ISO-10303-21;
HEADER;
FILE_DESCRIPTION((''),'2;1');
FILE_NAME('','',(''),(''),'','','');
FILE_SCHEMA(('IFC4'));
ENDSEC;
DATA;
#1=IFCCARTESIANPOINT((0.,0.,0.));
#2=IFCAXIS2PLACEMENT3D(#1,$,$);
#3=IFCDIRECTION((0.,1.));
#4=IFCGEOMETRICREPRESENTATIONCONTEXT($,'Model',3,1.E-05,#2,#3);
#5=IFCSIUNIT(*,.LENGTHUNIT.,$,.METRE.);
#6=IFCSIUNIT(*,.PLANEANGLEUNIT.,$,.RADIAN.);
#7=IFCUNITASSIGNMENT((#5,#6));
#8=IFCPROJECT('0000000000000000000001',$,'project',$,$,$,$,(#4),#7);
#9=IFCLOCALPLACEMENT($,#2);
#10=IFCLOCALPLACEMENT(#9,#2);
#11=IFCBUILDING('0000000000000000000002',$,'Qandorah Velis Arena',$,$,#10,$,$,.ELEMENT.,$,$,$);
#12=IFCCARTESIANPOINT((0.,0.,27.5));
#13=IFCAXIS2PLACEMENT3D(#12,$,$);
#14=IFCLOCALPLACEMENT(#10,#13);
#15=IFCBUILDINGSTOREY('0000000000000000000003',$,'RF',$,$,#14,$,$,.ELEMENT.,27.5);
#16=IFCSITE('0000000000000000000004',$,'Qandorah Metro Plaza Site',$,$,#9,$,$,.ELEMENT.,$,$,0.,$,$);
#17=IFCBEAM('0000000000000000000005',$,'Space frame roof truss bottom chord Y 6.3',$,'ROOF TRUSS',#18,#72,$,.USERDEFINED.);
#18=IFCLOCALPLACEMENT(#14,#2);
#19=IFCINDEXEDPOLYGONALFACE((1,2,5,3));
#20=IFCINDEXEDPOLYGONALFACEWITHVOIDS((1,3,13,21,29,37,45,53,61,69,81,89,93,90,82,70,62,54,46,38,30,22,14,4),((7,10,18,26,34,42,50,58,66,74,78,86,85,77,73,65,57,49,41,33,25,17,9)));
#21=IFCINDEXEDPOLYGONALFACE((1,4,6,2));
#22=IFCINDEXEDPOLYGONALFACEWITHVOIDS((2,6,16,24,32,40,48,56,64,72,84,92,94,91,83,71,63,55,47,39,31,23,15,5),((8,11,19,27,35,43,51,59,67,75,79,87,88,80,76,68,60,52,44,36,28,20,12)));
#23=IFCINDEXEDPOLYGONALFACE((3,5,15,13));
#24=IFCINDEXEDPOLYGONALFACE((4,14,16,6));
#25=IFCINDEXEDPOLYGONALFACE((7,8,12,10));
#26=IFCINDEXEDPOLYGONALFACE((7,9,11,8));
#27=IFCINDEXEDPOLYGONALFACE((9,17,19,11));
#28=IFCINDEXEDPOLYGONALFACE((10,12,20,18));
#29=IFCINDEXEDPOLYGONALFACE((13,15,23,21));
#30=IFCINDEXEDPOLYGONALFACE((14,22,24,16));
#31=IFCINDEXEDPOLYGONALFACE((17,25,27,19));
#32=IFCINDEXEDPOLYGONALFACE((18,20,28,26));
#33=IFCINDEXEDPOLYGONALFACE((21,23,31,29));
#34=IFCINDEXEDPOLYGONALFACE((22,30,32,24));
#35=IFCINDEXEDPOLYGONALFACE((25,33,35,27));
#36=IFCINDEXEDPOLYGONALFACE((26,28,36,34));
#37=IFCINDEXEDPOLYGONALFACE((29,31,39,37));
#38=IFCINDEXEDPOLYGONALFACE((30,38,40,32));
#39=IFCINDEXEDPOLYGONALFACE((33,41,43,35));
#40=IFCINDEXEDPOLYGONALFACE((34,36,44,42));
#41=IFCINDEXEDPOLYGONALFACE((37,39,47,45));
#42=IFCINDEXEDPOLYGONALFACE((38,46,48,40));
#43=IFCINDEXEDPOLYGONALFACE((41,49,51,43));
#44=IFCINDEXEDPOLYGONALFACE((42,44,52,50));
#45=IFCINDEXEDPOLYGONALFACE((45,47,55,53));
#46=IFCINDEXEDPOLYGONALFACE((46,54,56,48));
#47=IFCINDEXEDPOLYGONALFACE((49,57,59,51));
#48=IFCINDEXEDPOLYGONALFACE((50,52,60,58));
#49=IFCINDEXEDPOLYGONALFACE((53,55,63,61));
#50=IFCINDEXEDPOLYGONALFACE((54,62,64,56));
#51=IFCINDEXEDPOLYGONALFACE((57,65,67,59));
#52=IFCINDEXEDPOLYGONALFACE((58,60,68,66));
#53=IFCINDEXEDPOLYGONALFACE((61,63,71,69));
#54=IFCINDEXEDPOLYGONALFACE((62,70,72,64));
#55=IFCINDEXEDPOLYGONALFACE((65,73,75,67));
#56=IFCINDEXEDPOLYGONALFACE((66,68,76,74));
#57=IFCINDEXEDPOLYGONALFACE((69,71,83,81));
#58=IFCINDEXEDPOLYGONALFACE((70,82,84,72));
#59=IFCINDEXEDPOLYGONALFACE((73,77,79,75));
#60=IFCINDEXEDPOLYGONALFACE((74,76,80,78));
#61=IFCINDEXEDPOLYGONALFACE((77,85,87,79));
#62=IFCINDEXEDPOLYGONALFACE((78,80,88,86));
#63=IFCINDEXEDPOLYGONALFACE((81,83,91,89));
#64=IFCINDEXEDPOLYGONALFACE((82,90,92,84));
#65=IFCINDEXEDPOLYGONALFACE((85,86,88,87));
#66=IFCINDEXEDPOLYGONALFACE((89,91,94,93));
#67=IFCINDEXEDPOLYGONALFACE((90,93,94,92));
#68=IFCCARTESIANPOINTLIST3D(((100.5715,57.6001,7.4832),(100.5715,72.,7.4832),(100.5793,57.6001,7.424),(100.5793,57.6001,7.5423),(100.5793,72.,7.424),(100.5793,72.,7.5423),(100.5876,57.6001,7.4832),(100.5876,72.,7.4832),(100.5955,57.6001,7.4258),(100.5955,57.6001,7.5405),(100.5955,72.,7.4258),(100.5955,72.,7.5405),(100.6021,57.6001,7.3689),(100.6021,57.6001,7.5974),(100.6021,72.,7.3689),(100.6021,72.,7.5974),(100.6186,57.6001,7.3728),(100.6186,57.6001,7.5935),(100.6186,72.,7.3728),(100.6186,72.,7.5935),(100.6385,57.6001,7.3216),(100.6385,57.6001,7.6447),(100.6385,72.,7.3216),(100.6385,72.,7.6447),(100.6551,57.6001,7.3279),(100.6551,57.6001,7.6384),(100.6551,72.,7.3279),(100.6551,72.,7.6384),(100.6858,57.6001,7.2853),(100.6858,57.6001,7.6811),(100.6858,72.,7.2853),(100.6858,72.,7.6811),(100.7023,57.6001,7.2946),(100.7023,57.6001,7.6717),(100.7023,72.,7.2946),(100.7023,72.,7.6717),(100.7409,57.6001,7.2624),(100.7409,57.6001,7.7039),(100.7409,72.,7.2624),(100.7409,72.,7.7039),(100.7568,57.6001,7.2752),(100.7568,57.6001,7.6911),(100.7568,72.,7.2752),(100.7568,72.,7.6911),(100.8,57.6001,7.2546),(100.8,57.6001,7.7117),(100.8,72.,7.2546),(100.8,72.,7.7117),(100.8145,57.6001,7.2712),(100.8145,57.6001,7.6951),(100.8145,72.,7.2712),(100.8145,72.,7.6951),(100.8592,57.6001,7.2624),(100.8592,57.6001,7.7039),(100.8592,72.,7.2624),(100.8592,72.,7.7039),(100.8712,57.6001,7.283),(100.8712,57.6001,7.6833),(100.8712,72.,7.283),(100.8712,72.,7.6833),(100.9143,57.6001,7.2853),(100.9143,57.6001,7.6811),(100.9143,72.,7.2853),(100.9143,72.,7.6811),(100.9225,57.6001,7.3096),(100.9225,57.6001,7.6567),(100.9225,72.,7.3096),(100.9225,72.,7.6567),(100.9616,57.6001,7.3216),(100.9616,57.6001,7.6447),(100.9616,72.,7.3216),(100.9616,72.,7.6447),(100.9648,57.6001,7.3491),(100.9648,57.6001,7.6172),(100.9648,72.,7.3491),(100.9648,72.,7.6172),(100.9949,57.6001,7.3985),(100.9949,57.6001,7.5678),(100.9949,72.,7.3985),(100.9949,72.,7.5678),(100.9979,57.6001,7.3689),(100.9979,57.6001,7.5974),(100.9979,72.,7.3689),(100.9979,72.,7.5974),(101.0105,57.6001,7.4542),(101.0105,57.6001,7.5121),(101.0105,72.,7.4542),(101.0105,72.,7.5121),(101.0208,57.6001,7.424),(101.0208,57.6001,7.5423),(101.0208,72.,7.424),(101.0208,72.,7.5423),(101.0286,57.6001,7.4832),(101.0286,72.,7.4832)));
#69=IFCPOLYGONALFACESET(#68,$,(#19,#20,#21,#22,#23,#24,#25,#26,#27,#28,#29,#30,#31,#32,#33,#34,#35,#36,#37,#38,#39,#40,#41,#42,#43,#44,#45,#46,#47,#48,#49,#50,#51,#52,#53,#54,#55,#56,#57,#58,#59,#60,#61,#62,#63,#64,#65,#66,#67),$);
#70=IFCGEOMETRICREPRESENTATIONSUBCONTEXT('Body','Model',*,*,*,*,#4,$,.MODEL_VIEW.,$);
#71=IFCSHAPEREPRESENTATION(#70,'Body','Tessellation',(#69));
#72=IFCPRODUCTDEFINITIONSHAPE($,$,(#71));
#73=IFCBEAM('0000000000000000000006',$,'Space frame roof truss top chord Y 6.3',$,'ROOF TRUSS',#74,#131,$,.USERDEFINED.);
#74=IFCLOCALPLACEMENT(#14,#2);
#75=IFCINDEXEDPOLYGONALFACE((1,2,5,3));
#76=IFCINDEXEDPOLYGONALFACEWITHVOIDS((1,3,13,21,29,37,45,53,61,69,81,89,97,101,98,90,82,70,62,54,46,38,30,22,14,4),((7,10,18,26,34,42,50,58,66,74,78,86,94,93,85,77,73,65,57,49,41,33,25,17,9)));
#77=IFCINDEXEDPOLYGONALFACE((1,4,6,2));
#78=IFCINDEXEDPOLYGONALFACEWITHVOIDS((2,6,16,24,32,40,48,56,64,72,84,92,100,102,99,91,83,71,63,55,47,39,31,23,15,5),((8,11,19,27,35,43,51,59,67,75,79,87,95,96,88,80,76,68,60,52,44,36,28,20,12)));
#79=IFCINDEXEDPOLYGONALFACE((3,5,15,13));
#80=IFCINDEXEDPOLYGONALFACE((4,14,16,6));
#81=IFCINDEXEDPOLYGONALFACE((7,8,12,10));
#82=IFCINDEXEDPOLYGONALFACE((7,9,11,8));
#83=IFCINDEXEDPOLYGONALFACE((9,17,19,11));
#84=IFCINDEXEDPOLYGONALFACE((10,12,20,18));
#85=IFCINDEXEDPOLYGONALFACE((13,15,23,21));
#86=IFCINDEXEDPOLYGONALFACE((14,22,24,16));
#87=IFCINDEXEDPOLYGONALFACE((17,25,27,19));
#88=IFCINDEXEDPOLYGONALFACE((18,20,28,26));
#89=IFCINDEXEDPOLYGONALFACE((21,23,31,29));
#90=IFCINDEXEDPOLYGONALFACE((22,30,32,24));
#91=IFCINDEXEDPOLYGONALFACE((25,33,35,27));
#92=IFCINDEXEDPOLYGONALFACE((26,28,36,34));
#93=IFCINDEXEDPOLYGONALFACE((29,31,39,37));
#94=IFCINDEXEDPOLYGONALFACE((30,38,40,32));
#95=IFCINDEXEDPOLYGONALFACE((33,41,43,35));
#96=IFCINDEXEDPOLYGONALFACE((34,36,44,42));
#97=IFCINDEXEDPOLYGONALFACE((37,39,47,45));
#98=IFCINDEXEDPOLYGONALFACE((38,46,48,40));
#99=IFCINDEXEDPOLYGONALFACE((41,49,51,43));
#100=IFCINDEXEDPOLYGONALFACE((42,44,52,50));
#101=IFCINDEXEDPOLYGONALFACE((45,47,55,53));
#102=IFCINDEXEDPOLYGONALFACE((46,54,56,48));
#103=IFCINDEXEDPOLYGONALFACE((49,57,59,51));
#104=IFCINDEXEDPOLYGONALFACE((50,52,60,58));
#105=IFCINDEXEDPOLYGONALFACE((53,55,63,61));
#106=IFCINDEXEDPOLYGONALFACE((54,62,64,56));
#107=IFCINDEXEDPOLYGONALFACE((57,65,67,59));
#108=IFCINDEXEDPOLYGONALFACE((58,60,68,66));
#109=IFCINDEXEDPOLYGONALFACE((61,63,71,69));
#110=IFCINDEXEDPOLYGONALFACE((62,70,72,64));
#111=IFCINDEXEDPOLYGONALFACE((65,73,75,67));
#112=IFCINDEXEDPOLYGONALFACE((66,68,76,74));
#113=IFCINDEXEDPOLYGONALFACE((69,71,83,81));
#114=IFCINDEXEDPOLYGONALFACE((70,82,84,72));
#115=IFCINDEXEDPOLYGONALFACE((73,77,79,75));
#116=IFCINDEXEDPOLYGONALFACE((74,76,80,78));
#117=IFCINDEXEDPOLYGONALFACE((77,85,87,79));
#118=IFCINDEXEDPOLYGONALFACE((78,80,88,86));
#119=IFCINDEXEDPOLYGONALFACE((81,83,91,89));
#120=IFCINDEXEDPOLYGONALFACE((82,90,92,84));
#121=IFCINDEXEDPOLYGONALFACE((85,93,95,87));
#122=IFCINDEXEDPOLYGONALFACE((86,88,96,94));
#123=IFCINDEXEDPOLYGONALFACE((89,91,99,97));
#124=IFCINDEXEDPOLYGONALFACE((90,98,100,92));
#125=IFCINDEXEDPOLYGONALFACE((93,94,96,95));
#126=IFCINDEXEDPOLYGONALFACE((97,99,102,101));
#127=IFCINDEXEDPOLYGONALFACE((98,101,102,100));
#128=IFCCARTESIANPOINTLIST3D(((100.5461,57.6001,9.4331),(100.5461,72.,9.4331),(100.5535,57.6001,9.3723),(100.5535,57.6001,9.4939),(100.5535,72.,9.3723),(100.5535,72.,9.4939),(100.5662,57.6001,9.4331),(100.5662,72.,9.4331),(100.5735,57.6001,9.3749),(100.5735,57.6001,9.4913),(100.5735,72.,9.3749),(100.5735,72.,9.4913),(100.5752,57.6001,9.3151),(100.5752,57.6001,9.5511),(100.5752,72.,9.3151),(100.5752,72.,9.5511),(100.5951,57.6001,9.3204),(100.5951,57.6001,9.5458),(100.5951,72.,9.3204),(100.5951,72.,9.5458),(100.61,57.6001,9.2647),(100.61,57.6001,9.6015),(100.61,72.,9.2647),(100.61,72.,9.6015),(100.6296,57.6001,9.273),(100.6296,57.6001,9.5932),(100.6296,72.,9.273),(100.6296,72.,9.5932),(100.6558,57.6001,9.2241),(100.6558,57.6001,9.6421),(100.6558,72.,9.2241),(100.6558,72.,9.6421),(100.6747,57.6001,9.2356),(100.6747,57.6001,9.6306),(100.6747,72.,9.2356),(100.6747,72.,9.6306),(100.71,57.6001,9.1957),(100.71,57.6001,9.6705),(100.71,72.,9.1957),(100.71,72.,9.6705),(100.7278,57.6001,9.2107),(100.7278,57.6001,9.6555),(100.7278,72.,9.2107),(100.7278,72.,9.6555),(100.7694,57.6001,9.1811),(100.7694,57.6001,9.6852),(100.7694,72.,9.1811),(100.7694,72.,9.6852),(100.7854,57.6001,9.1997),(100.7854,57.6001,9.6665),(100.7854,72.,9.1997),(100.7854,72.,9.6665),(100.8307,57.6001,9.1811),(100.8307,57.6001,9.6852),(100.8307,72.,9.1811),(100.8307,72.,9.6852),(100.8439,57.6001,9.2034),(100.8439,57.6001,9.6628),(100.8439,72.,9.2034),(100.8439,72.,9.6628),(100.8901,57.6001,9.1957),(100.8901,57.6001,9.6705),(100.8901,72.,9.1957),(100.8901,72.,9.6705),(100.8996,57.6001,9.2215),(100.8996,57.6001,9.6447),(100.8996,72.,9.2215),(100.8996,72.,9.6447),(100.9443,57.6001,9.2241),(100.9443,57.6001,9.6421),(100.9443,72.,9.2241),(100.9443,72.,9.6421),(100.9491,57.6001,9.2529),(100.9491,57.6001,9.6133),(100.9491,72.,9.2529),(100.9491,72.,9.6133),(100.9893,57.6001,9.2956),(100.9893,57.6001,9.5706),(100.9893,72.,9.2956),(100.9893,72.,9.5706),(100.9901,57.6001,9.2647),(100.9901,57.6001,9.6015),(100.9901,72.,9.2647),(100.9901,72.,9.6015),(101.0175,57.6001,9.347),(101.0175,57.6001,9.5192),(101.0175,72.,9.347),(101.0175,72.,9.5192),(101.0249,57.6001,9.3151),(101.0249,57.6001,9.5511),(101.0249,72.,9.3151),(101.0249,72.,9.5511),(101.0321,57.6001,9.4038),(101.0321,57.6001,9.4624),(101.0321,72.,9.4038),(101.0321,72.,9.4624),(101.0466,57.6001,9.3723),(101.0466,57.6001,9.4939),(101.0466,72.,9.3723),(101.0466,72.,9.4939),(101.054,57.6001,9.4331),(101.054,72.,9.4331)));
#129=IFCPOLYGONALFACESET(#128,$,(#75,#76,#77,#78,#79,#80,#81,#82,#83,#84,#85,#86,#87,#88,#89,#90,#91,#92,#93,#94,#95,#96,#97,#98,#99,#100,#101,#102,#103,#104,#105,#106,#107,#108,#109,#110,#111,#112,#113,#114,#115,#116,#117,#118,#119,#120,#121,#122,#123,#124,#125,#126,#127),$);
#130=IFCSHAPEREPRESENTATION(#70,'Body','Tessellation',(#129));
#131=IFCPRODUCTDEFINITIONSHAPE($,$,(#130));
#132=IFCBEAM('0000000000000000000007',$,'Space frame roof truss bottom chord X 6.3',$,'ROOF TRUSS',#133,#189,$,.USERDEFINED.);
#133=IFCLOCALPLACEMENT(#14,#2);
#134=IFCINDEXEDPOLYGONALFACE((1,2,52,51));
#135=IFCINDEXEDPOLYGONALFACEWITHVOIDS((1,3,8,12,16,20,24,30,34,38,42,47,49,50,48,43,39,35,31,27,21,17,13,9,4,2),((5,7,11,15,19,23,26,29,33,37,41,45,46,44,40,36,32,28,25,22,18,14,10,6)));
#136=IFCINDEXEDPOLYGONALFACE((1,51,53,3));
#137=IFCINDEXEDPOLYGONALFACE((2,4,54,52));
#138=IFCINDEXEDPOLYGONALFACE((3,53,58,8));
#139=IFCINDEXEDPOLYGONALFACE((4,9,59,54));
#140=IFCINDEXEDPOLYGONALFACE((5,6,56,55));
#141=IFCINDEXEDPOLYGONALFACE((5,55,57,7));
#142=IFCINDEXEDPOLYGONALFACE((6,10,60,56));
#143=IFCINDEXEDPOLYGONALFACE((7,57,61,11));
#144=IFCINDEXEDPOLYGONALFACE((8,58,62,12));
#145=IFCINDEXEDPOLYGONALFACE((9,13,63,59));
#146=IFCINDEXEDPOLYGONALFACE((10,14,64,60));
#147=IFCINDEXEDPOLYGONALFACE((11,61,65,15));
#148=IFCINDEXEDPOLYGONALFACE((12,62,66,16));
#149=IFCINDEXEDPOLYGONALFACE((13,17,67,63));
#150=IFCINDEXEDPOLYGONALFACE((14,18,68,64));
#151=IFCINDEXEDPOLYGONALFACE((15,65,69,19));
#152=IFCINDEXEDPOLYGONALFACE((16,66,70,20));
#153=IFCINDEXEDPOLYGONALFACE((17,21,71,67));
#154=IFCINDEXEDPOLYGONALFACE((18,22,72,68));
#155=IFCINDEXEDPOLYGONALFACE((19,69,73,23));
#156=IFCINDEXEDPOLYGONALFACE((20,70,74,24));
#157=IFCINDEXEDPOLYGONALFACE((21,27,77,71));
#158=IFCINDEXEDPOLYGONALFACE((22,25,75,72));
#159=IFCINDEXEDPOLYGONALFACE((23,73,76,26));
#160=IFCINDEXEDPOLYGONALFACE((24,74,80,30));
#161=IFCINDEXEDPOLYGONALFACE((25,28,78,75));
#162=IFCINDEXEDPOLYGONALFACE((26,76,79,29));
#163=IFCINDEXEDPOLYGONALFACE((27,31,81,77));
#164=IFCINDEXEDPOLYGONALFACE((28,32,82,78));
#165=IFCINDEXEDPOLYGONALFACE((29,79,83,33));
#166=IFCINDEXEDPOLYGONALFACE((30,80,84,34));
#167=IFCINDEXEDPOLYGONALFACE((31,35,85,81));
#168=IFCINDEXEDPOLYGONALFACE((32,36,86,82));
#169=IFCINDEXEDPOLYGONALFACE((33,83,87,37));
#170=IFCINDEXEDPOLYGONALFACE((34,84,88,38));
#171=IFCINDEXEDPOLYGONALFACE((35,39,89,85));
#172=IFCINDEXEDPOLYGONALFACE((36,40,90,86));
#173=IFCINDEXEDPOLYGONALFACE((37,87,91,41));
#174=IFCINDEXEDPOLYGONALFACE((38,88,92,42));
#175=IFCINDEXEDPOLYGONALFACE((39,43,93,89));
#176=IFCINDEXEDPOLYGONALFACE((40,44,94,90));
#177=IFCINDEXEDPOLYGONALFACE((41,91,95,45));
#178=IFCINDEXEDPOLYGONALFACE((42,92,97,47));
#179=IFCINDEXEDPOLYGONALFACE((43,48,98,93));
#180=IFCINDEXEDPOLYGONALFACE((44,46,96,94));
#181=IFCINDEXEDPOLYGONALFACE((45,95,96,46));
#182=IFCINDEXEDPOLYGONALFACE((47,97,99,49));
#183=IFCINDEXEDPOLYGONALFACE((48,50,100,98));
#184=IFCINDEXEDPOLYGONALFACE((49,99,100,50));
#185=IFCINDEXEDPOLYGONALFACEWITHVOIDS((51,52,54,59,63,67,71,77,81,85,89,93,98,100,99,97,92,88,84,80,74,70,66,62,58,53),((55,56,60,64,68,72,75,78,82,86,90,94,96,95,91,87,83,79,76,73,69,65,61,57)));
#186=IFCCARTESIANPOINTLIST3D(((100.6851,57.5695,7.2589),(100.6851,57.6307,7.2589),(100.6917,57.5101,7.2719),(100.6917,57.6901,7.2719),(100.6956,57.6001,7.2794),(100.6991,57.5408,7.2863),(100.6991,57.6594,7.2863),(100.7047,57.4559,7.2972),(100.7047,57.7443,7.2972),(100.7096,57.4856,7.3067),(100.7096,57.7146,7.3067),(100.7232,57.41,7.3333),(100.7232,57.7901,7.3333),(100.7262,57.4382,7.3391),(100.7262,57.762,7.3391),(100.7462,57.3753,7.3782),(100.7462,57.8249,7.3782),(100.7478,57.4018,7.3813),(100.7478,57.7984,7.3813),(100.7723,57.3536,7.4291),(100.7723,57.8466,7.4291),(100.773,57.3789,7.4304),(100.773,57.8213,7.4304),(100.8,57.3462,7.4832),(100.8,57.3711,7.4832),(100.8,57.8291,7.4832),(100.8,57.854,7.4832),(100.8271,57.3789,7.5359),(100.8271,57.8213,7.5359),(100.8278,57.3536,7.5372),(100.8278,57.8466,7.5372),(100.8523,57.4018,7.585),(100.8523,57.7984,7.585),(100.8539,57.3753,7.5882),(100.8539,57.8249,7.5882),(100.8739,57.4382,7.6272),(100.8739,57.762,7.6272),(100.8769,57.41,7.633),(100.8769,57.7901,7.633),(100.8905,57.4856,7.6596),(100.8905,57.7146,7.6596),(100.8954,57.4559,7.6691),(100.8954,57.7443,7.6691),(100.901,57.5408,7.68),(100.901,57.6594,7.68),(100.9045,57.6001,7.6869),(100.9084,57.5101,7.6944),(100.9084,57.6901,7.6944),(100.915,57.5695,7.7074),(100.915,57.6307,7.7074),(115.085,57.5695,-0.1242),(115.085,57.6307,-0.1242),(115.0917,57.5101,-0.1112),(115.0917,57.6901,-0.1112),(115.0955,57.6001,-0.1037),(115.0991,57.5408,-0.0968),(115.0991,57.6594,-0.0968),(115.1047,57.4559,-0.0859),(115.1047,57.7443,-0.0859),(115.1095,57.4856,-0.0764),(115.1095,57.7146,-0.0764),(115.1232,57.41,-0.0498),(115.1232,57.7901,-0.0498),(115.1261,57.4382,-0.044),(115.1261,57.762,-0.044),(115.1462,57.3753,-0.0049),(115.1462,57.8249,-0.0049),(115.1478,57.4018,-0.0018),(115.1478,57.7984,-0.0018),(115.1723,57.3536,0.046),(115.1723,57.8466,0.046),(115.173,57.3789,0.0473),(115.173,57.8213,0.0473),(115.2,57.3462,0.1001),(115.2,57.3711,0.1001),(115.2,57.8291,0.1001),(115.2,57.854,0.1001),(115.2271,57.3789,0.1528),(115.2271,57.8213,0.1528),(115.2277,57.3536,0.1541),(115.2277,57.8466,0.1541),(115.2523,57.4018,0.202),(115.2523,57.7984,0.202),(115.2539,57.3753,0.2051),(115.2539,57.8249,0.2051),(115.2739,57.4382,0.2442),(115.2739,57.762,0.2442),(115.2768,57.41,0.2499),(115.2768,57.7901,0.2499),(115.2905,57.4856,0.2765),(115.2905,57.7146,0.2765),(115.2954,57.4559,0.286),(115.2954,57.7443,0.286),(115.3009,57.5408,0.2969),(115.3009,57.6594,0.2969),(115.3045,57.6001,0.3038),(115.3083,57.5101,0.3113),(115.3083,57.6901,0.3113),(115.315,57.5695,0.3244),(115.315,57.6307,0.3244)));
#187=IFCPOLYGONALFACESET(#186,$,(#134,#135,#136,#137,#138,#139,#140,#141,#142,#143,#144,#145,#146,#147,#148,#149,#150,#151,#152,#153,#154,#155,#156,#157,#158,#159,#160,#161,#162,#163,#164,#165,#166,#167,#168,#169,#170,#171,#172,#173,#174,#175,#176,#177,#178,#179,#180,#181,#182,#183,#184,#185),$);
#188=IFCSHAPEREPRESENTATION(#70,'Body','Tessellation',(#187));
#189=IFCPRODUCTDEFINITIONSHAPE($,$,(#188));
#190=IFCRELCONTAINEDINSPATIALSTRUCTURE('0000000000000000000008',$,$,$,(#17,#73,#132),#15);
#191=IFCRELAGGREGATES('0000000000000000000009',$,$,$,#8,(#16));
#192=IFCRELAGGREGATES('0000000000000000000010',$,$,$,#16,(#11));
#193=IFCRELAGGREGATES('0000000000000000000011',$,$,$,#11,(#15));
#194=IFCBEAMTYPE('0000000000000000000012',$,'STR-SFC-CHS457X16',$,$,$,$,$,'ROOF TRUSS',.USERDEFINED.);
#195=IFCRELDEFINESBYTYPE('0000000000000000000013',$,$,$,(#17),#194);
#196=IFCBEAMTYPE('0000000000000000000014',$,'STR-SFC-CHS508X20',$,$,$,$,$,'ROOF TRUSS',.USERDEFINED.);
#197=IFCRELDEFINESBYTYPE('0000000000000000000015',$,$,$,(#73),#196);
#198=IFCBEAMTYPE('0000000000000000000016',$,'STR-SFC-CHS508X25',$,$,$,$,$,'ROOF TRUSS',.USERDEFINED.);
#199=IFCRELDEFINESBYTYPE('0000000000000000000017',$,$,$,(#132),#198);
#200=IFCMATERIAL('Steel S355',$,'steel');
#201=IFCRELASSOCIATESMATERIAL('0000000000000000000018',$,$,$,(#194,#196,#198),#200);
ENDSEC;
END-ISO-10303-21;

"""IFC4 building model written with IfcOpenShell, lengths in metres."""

from ifc_helpers import new_model, si_unit, direction, frame, origin, origin_2d, place, context, subcontext, project, spatial, hollow_circle, extrude, material, material_profile, profile_set, type_object, element, save


model = new_model("IFC4")

# Units and contexts
model_context = context("Model", 3, precision=1e-05, world=origin(), true_north=direction((0.0, 1.0)))
body_context = subcontext(model_context, "Body", "Model", "MODEL_VIEW")
ifc_project = project(units=[si_unit("LENGTHUNIT", "METRE"), si_unit("PLANEANGLEUNIT", "RADIAN")], contexts=[model_context])

# Site, building, storey
site_placement = place(None, origin())
site = spatial("IfcSite", under=ifc_project, at=site_placement, Name="Qandorah Metro Plaza Site", CompositionType="ELEMENT", RefElevation=0.0)
building_placement = place(site_placement, origin())
building = spatial("IfcBuilding", under=site, at=building_placement, Name="Qandorah Velis Arena", CompositionType="ELEMENT")
storey_placement = place(building_placement, frame((0.0, 0.0, 27.5)))
storey = spatial("IfcBuildingStorey", under=building, at=storey_placement, Name="RF", CompositionType="ELEMENT", Elevation=27.5)

# Beams
ifc_material_1 = material(Name="Steel S355", Category="steel")
ifc_material_profile_1 = material_profile(ifc_material_1, hollow_circle(Radius=0.2285, WallThickness=0.0161, at=origin_2d()), Name="CHS 457x16")
ifc_profile_set_1 = profile_set([ifc_material_profile_1], Name="Steel S355")
beam_type_1 = type_object("IfcBeamType", Name="STR-SFC-CHS457X16", ElementType="ROOF TRUSS", PredefinedType="USERDEFINED", material=ifc_profile_set_1)
beam_1_placement = place(storey_placement, frame((100.8, 57.6001, 7.4832), z_axis=(0.0, 1.0, 0.0), x_axis=(-1.0, 0.0, 0.0)))
element("IfcBeam", 1, at=beam_1_placement, inside=storey, type_object=beam_type_1, Name="Space frame roof truss bottom chord Y 6.3", ObjectType="ROOF TRUSS", PredefinedType="USERDEFINED", context=body_context, shape_type="SweptSolid", body=[
    extrude(hollow_circle(Radius=0.2285, WallThickness=0.0161, at=origin_2d()), origin(), (0.0, 0.0, 1.0), 14.3999),
])
ifc_material_profile_2 = material_profile(ifc_material_1, hollow_circle(Radius=0.2539, WallThickness=0.02, at=origin_2d()), Name="CHS 508x20")
ifc_profile_set_2 = profile_set([ifc_material_profile_2], Name="Steel S355")
beam_type_2 = type_object("IfcBeamType", Name="STR-SFC-CHS508X20", ElementType="ROOF TRUSS", PredefinedType="USERDEFINED", material=ifc_profile_set_2)
beam_2_placement = place(storey_placement, frame((100.8, 57.6001, 9.4331), z_axis=(0.0, 1.0, 0.0), x_axis=(-1.0, 0.0, 0.0)))
element("IfcBeam", 2, at=beam_2_placement, inside=storey, type_object=beam_type_2, Name="Space frame roof truss top chord Y 6.3", ObjectType="ROOF TRUSS", PredefinedType="USERDEFINED", context=body_context, shape_type="SweptSolid", body=[
    extrude(hollow_circle(Radius=0.2539, WallThickness=0.02, at=origin_2d()), origin(), (0.0, 0.0, 1.0), 14.3999),
])
ifc_material_profile_3 = material_profile(ifc_material_1, hollow_circle(Radius=0.2539, WallThickness=0.0249, at=origin_2d()), Name="CHS 508x25")
ifc_profile_set_3 = profile_set([ifc_material_profile_3], Name="Steel S355")
beam_type_3 = type_object("IfcBeamType", Name="STR-SFC-CHS508X25", ElementType="ROOF TRUSS", PredefinedType="USERDEFINED", material=ifc_profile_set_3)
beam_3_placement = place(storey_placement, frame((100.8, 57.6001, 7.4832), z_axis=(0.889855, 0.0, -0.456243), x_axis=(0.0, 1.0, 0.0)))
element("IfcBeam", 3, at=beam_3_placement, inside=storey, type_object=beam_type_3, Name="Space frame roof truss bottom chord X 6.3", ObjectType="ROOF TRUSS", PredefinedType="USERDEFINED", context=body_context, shape_type="SweptSolid", body=[
    extrude(hollow_circle(Radius=0.2539, WallThickness=0.0249, at=origin_2d()), origin(), (0.0, 0.0, 1.0), 16.1824),
])

save(model, "model.ifc")
